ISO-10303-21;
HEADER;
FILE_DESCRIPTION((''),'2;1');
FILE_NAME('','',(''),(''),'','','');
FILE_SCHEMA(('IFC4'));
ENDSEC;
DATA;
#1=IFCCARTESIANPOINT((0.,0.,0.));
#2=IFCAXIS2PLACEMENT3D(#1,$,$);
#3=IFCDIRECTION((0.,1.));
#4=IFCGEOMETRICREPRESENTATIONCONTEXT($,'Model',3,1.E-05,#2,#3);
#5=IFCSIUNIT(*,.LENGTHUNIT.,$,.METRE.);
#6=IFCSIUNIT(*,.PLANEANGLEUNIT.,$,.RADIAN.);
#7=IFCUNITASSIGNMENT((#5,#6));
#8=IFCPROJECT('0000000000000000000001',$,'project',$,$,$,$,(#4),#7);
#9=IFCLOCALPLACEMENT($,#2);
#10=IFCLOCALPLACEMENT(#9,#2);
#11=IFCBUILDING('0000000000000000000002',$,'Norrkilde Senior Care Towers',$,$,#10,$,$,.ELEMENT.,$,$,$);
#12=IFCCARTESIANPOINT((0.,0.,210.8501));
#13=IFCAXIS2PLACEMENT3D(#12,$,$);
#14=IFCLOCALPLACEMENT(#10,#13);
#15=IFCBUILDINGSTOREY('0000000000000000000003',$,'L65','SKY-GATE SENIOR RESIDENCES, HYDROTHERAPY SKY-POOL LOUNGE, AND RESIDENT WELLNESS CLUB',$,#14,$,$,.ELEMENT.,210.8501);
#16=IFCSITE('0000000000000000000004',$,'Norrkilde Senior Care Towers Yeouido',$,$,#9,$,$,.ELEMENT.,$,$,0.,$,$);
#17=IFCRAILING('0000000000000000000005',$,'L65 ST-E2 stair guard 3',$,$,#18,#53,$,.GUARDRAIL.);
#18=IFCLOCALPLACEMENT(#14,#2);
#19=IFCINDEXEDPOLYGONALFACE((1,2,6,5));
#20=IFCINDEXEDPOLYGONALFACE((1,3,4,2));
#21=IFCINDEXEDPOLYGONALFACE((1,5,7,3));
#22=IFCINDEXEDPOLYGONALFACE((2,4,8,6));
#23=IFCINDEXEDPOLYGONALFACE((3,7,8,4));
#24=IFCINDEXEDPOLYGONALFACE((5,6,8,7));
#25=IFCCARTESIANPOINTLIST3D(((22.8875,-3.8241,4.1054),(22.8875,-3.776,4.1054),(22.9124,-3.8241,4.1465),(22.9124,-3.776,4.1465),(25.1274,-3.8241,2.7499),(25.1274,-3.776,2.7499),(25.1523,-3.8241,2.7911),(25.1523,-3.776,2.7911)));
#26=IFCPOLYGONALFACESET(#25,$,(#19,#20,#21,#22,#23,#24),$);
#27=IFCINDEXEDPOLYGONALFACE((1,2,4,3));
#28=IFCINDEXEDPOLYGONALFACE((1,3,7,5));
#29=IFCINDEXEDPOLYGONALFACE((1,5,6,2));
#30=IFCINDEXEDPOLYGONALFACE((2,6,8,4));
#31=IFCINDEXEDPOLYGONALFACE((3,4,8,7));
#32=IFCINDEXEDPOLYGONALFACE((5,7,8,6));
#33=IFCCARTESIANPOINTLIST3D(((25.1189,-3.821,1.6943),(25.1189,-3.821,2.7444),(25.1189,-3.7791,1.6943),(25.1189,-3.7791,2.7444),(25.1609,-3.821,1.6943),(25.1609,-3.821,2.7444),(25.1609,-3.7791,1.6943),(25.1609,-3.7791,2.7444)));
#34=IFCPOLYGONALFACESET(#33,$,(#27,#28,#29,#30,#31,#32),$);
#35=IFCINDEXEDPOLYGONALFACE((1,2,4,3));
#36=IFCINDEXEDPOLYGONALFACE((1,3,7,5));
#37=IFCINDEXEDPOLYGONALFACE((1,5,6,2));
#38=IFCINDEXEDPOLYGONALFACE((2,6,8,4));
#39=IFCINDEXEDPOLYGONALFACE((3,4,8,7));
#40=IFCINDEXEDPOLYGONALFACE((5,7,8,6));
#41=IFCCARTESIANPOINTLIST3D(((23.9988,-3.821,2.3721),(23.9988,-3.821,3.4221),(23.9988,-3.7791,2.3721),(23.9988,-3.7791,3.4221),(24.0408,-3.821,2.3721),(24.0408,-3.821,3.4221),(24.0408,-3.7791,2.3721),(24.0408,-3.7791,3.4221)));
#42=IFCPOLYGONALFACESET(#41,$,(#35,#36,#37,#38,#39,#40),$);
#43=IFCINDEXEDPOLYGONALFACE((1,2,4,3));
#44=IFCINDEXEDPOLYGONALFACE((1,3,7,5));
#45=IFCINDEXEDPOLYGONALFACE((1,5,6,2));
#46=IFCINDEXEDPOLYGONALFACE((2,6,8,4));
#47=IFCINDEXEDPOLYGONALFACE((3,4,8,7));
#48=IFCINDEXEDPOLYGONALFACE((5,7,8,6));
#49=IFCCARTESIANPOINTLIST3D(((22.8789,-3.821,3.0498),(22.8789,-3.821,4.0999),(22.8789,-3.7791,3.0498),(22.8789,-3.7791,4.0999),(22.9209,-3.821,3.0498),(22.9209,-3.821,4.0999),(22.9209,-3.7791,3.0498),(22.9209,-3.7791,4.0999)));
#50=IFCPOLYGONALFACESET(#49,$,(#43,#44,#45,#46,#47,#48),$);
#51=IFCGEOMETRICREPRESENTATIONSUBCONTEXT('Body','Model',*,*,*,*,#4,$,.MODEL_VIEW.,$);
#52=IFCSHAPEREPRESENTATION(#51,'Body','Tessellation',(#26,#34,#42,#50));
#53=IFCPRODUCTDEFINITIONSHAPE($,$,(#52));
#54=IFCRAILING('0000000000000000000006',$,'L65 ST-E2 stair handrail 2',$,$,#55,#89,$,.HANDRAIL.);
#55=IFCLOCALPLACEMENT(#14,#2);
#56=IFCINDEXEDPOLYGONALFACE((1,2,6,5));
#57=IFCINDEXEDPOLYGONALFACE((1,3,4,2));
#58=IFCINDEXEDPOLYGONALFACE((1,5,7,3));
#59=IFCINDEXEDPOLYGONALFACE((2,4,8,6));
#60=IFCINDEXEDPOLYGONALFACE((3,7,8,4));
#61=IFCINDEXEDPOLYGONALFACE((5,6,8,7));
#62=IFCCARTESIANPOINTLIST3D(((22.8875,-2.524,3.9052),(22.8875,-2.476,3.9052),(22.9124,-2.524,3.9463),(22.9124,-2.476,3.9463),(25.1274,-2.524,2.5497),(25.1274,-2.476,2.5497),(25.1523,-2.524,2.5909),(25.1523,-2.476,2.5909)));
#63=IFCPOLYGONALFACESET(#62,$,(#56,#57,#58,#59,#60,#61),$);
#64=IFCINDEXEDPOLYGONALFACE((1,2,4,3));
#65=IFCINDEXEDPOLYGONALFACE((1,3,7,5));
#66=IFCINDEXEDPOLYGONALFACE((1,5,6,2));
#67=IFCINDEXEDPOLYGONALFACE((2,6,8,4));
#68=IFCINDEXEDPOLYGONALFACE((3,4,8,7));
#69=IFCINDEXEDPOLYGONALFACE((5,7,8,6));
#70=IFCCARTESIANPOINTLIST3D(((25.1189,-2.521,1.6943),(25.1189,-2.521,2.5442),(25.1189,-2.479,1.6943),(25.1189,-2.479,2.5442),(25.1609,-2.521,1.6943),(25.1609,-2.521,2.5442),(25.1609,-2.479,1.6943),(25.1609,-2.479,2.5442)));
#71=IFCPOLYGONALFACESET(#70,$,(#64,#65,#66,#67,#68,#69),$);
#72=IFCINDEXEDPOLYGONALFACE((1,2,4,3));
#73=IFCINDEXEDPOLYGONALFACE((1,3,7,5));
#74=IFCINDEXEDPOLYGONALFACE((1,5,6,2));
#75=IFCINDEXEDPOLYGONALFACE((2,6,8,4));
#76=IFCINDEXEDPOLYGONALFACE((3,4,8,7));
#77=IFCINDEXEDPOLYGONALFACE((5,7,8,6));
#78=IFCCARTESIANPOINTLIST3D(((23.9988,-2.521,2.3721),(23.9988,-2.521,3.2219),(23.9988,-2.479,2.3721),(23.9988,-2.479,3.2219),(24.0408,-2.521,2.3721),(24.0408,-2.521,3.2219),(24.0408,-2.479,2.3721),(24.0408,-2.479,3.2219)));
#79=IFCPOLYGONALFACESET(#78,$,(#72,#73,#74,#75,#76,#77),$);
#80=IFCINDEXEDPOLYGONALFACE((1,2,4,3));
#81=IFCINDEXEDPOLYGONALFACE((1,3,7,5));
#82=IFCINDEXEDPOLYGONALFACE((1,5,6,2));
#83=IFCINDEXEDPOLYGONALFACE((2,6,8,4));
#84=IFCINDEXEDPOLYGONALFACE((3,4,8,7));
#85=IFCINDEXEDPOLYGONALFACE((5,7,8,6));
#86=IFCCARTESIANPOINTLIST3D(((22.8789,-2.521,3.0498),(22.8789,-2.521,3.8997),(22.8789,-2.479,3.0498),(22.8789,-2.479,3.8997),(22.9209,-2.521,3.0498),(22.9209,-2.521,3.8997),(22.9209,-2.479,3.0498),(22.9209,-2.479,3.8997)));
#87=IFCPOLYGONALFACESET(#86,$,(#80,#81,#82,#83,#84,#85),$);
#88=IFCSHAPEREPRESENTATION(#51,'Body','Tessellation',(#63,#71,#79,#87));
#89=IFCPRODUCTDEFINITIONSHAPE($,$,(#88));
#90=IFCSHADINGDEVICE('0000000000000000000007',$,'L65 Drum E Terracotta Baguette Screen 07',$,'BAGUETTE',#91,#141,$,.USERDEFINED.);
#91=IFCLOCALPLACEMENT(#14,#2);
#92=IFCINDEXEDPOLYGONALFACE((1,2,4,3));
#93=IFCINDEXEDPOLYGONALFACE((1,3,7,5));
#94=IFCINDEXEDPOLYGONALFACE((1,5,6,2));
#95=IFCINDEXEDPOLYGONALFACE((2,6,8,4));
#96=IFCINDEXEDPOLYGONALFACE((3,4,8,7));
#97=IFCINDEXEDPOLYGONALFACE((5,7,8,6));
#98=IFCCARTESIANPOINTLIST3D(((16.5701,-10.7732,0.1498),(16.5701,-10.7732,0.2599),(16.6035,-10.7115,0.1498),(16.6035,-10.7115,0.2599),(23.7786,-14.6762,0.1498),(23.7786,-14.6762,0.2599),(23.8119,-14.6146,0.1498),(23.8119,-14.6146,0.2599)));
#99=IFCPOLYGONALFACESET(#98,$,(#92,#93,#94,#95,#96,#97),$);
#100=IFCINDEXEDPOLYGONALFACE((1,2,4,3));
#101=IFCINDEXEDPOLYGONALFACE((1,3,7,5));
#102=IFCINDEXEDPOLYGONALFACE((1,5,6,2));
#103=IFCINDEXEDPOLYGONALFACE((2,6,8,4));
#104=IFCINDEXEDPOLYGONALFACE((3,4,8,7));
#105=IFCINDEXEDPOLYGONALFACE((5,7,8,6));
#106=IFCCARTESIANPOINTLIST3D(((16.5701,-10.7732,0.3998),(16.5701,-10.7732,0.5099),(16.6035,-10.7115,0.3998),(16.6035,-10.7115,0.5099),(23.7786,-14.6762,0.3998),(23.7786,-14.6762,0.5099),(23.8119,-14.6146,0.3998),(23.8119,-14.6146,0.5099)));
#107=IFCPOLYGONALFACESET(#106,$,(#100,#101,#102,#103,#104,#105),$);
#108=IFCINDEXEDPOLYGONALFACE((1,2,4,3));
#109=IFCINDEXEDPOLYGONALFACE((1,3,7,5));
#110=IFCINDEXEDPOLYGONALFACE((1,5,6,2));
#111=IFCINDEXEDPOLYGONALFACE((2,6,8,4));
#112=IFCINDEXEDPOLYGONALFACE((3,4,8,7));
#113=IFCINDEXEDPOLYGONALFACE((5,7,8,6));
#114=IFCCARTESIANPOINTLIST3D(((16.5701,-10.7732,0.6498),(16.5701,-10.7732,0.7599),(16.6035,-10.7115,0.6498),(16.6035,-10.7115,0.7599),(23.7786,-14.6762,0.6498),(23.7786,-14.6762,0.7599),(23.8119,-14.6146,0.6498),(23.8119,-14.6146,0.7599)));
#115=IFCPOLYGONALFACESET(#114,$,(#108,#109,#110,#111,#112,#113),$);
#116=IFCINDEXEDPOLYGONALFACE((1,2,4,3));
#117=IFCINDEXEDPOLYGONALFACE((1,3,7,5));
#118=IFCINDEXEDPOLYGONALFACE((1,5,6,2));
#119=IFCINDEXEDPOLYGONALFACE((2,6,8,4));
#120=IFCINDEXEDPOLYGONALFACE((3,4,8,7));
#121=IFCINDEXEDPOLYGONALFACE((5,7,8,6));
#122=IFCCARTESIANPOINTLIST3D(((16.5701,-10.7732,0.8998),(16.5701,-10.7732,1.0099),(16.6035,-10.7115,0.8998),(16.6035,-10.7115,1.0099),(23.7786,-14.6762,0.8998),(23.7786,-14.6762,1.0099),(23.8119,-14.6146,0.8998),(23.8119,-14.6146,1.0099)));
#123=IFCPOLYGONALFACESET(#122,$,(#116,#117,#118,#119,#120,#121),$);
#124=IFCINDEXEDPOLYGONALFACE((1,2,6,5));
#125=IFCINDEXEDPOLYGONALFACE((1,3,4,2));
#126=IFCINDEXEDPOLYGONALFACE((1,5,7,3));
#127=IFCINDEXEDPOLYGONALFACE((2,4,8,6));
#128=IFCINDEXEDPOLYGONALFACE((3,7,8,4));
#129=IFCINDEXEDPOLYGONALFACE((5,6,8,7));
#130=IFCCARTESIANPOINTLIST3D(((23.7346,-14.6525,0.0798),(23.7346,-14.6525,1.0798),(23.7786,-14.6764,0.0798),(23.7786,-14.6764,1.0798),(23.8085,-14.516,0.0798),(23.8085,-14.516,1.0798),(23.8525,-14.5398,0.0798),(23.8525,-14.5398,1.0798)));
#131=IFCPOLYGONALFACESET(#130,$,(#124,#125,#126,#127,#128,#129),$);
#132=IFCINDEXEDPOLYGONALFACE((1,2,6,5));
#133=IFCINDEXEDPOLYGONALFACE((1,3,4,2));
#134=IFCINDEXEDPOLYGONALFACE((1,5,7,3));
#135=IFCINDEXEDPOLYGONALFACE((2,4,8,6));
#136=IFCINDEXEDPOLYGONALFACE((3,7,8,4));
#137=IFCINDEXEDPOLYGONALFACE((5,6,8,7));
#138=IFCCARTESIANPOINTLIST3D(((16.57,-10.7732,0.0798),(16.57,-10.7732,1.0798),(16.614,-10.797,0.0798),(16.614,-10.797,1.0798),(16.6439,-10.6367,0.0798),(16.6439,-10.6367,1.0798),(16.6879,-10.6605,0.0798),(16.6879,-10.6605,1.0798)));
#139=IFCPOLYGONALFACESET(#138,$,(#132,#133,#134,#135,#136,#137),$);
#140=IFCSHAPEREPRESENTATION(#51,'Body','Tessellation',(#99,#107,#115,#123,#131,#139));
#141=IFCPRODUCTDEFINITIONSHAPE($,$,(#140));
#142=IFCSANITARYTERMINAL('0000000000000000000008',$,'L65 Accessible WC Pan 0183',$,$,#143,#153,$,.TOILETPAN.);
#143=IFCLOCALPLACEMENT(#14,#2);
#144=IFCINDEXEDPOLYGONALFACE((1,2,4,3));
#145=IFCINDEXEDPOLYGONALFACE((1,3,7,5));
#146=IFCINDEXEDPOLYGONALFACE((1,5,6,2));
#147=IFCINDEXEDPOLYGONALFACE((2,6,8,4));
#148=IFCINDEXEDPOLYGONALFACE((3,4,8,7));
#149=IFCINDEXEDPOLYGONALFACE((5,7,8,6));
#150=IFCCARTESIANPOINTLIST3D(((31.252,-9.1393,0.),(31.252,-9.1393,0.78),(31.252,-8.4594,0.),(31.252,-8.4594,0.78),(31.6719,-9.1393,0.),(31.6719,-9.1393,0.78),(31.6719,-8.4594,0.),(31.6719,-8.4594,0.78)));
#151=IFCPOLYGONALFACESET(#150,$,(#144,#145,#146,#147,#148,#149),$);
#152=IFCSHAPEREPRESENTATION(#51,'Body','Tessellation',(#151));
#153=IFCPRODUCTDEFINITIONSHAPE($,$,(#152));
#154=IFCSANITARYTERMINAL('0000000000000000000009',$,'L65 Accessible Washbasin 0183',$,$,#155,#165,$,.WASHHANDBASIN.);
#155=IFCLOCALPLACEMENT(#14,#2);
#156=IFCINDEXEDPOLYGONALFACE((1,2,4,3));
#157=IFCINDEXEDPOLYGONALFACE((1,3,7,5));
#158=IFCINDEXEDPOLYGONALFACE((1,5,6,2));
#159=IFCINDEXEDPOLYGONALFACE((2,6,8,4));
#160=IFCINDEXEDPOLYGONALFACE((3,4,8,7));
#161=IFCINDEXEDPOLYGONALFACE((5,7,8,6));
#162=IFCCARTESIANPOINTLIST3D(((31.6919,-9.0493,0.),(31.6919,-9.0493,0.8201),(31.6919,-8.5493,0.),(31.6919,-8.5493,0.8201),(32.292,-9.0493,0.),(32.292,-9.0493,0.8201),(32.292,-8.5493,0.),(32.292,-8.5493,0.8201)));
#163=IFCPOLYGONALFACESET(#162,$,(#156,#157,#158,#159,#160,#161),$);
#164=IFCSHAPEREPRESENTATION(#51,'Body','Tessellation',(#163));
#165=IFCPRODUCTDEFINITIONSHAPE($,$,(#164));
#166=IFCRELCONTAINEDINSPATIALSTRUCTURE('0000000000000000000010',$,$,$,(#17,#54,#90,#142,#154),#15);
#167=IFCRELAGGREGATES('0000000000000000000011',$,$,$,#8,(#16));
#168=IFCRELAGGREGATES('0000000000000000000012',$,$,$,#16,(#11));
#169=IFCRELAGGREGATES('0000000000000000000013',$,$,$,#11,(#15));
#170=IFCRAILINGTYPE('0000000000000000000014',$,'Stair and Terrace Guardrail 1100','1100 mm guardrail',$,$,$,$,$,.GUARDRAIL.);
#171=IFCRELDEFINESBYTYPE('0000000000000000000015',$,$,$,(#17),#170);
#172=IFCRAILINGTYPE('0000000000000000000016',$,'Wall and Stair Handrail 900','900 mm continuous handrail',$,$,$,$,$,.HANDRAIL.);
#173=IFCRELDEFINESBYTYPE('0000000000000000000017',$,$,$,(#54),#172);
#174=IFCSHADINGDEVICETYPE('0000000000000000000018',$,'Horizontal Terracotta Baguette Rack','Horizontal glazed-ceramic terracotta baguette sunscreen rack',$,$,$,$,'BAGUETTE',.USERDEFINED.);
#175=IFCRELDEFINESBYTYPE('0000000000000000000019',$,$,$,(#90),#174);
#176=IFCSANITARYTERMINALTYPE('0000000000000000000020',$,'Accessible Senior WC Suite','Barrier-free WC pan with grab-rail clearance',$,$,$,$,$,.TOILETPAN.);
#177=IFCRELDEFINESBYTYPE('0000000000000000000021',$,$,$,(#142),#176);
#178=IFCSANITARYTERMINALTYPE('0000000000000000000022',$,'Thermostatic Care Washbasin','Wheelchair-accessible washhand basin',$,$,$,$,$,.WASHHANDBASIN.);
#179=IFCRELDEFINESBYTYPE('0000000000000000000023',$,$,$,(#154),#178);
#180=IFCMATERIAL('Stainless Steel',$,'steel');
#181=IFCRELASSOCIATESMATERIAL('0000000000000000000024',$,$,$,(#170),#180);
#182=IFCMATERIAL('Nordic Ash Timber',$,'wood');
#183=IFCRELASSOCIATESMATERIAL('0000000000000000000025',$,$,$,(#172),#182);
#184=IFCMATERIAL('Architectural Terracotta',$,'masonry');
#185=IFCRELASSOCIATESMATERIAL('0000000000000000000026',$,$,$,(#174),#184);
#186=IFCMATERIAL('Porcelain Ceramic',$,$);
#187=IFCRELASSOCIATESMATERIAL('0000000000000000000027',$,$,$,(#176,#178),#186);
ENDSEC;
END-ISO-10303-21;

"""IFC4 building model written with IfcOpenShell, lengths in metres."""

from ifc_helpers import new_model, si_unit, direction, frame, origin, origin_2d, place, context, subcontext, project, spatial, rectangle, extrude, source, transform, mapped, material, type_object, type_shapes, element, save


model = new_model("IFC4")

# Units and contexts
model_context = context("Model", 3, precision=1e-05, world=origin(), true_north=direction((0.0, 1.0)))
body_context = subcontext(model_context, "Body", "Model", "MODEL_VIEW")
ifc_project = project(units=[si_unit("LENGTHUNIT", "METRE"), si_unit("PLANEANGLEUNIT", "RADIAN")], contexts=[model_context])

# Site, building, storey
site_placement = place(None, origin())
site = spatial("IfcSite", under=ifc_project, at=site_placement, Name="Norrkilde Senior Care Towers Yeouido", CompositionType="ELEMENT", RefElevation=0.0)
building_placement = place(site_placement, origin())
building = spatial("IfcBuilding", under=site, at=building_placement, Name="Norrkilde Senior Care Towers", CompositionType="ELEMENT")
storey_placement = place(building_placement, frame((0.0, 0.0, 210.8501)))
storey = spatial("IfcBuildingStorey", under=building, at=storey_placement, Name="L65", Description="SKY-GATE SENIOR RESIDENCES, HYDROTHERAPY SKY-POOL LOUNGE, AND RESIDENT WELLNESS CLUB", CompositionType="ELEMENT", Elevation=210.8501)

# Shared definitions
ifc_material_1 = material(Name="Stainless Steel", Category="steel")

# Shared definitions
ifc_material_2 = material(Name="Nordic Ash Timber", Category="wood")

# Railings
railing_type_1 = type_object("IfcRailingType", Name="Stair and Terrace Guardrail 1100", Description="1100 mm guardrail", PredefinedType="GUARDRAIL", material=ifc_material_1)
railing_1_placement = place(storey_placement, frame((25.1399, -3.8, 1.6943)))
element("IfcRailing", 1, at=railing_1_placement, inside=storey, type_object=railing_type_1, Name="L65 ST-E2 stair guard 3", PredefinedType="GUARDRAIL", context=body_context, shape_type="SweptSolid", body=[
    extrude(rectangle(XDim=0.0481, YDim=0.0481, at=origin_2d()), frame((0.0, 0.0, 1.0762), z_axis=(-0.855553, 0.0, 0.517715), x_axis=(0.0, -1.0, 0.0)), (0.0, 0.0, 1.0), 2.6182),
    extrude(rectangle(XDim=0.042, YDim=0.042, at=origin_2d()), origin(), (0.0, 0.0, 1.0), 1.05),
    extrude(rectangle(XDim=0.042, YDim=0.042, at=origin_2d()), frame((-1.1201, 0.0, 0.6777)), (0.0, 0.0, 1.0), 1.05),
    extrude(rectangle(XDim=0.042, YDim=0.042, at=origin_2d()), frame((-2.24, 0.0, 1.3555)), (0.0, 0.0, 1.0), 1.05),
])
railing_type_2 = type_object("IfcRailingType", Name="Wall and Stair Handrail 900", Description="900 mm continuous handrail", PredefinedType="HANDRAIL", material=ifc_material_2)
railing_2_placement = place(storey_placement, frame((25.1399, -2.5, 1.6943)))
element("IfcRailing", 2, at=railing_2_placement, inside=storey, type_object=railing_type_2, Name="L65 ST-E2 stair handrail 2", PredefinedType="HANDRAIL", context=body_context, shape_type="SweptSolid", body=[
    extrude(rectangle(XDim=0.0481, YDim=0.0481, at=origin_2d()), frame((0.0, 0.0, 0.876), z_axis=(-0.855553, 0.0, 0.517715), x_axis=(0.0, -1.0, 0.0)), (0.0, 0.0, 1.0), 2.6182),
    extrude(rectangle(XDim=0.042, YDim=0.042, at=origin_2d()), origin(), (0.0, 0.0, 1.0), 0.8499),
    extrude(rectangle(XDim=0.042, YDim=0.042, at=origin_2d()), frame((-1.1201, 0.0, 0.6777)), (0.0, 0.0, 1.0), 0.8499),
    extrude(rectangle(XDim=0.042, YDim=0.042, at=origin_2d()), frame((-2.24, 0.0, 1.3555)), (0.0, 0.0, 1.0), 0.8499),
])

# Shading device
ifc_material_3 = material(Name="Architectural Terracotta", Category="masonry")
shading_device_type = type_object("IfcShadingDeviceType", Name="Horizontal Terracotta Baguette Rack", Description="Horizontal glazed-ceramic terracotta baguette sunscreen rack", ElementType="BAGUETTE", PredefinedType="USERDEFINED", material=ifc_material_3)
shared_shape_1 = source(origin(), body_context, "Body", "SweptSolid", [
    extrude(rectangle(XDim=0.0701, YDim=0.1101, at=origin_2d()), frame((0.0, 0.0901, 0.125), z_axis=(1.0, 0.0, 0.0), x_axis=(0.0, 1.0, 0.0)), (0.0, 0.0, 1.0), 8.1973),
    extrude(rectangle(XDim=0.0701, YDim=0.1101, at=origin_2d()), frame((0.0, 0.0901, 0.375), z_axis=(1.0, 0.0, 0.0), x_axis=(0.0, 1.0, 0.0)), (0.0, 0.0, 1.0), 8.1973),
    extrude(rectangle(XDim=0.0701, YDim=0.1101, at=origin_2d()), frame((0.0, 0.0901, 0.625), z_axis=(1.0, 0.0, 0.0), x_axis=(0.0, 1.0, 0.0)), (0.0, 0.0, 1.0), 8.1973),
    extrude(rectangle(XDim=0.0701, YDim=0.1101, at=origin_2d()), frame((0.0, 0.0901, 0.875), z_axis=(1.0, 0.0, 0.0), x_axis=(0.0, 1.0, 0.0)), (0.0, 0.0, 1.0), 8.1973),
    extrude(rectangle(XDim=0.05, YDim=0.1553, at=origin_2d()), frame((0.0249, 0.0476, 0.0)), (0.0, 0.0, 1.0), 1.0),
    extrude(rectangle(XDim=0.05, YDim=0.1553, at=origin_2d()), frame((8.1724, 0.0476, 0.0)), (0.0, 0.0, 1.0), 1.0),
])
type_shapes(shading_device_type, [shared_shape_1])
shading_device_placement = place(storey_placement, frame((23.8381, -14.5662, 0.0798), z_axis=(0.0, 0.0, 1.0), x_axis=(-0.879378, 0.476144, 0.0)))
element("IfcShadingDevice", 3, at=shading_device_placement, inside=storey, type_object=shading_device_type, Name="L65 Drum E Terracotta Baguette Screen 07", ObjectType="BAGUETTE", PredefinedType="USERDEFINED", context=body_context, shape_type="MappedRepresentation", body=[
    mapped(shared_shape_1, transform((0.0, 0.0, 0.0), x_axis=(1.0, 0.0, 0.0), y_axis=(0.0, 1.0, 0.0), z_axis=(0.0, 0.0, 1.0), scale=1.0)),
])

# Sanitary terminals
ifc_material_4 = material(Name="Porcelain Ceramic")
sanitary_terminal_type_1 = type_object("IfcSanitaryTerminalType", Name="Accessible Senior WC Suite", Description="Barrier-free WC pan with grab-rail clearance", PredefinedType="TOILETPAN", material=ifc_material_4)
shared_shape_2 = source(origin(), body_context, "Body", "SweptSolid", [
    extrude(rectangle(XDim=0.4199, YDim=0.6799, at=origin_2d()), origin(), (0.0, 0.0, 1.0), 0.78),
])
type_shapes(sanitary_terminal_type_1, [shared_shape_2])
sanitary_terminal_1_placement = place(storey_placement, frame((31.4619, -8.7993, 0.0), z_axis=(0.0, 0.0, 1.0), x_axis=(1.0, 0.0, 0.0)))
element("IfcSanitaryTerminal", 4, at=sanitary_terminal_1_placement, inside=storey, type_object=sanitary_terminal_type_1, Name="L65 Accessible WC Pan 0183", PredefinedType="TOILETPAN", context=body_context, shape_type="MappedRepresentation", body=[
    mapped(shared_shape_2, transform((0.0, 0.0, 0.0), x_axis=(1.0, 0.0, 0.0), y_axis=(0.0, 1.0, 0.0), z_axis=(0.0, 0.0, 1.0), scale=1.0)),
])
sanitary_terminal_type_2 = type_object("IfcSanitaryTerminalType", Name="Thermostatic Care Washbasin", Description="Wheelchair-accessible washhand basin", PredefinedType="WASHHANDBASIN", material=ifc_material_4)
shared_shape_3 = source(origin(), body_context, "Body", "SweptSolid", [
    extrude(rectangle(XDim=0.6001, YDim=0.5, at=origin_2d()), origin(), (0.0, 0.0, 1.0), 0.8201),
])
type_shapes(sanitary_terminal_type_2, [shared_shape_3])
sanitary_terminal_2_placement = place(storey_placement, frame((31.9919, -8.7993, 0.0), z_axis=(0.0, 0.0, 1.0), x_axis=(1.0, 0.0, 0.0)))
element("IfcSanitaryTerminal", 5, at=sanitary_terminal_2_placement, inside=storey, type_object=sanitary_terminal_type_2, Name="L65 Accessible Washbasin 0183", PredefinedType="WASHHANDBASIN", context=body_context, shape_type="MappedRepresentation", body=[
    mapped(shared_shape_3, transform((0.0, 0.0, 0.0), x_axis=(1.0, 0.0, 0.0), y_axis=(0.0, 1.0, 0.0), z_axis=(0.0, 0.0, 1.0), scale=1.0)),
])

save(model, "model.ifc")
